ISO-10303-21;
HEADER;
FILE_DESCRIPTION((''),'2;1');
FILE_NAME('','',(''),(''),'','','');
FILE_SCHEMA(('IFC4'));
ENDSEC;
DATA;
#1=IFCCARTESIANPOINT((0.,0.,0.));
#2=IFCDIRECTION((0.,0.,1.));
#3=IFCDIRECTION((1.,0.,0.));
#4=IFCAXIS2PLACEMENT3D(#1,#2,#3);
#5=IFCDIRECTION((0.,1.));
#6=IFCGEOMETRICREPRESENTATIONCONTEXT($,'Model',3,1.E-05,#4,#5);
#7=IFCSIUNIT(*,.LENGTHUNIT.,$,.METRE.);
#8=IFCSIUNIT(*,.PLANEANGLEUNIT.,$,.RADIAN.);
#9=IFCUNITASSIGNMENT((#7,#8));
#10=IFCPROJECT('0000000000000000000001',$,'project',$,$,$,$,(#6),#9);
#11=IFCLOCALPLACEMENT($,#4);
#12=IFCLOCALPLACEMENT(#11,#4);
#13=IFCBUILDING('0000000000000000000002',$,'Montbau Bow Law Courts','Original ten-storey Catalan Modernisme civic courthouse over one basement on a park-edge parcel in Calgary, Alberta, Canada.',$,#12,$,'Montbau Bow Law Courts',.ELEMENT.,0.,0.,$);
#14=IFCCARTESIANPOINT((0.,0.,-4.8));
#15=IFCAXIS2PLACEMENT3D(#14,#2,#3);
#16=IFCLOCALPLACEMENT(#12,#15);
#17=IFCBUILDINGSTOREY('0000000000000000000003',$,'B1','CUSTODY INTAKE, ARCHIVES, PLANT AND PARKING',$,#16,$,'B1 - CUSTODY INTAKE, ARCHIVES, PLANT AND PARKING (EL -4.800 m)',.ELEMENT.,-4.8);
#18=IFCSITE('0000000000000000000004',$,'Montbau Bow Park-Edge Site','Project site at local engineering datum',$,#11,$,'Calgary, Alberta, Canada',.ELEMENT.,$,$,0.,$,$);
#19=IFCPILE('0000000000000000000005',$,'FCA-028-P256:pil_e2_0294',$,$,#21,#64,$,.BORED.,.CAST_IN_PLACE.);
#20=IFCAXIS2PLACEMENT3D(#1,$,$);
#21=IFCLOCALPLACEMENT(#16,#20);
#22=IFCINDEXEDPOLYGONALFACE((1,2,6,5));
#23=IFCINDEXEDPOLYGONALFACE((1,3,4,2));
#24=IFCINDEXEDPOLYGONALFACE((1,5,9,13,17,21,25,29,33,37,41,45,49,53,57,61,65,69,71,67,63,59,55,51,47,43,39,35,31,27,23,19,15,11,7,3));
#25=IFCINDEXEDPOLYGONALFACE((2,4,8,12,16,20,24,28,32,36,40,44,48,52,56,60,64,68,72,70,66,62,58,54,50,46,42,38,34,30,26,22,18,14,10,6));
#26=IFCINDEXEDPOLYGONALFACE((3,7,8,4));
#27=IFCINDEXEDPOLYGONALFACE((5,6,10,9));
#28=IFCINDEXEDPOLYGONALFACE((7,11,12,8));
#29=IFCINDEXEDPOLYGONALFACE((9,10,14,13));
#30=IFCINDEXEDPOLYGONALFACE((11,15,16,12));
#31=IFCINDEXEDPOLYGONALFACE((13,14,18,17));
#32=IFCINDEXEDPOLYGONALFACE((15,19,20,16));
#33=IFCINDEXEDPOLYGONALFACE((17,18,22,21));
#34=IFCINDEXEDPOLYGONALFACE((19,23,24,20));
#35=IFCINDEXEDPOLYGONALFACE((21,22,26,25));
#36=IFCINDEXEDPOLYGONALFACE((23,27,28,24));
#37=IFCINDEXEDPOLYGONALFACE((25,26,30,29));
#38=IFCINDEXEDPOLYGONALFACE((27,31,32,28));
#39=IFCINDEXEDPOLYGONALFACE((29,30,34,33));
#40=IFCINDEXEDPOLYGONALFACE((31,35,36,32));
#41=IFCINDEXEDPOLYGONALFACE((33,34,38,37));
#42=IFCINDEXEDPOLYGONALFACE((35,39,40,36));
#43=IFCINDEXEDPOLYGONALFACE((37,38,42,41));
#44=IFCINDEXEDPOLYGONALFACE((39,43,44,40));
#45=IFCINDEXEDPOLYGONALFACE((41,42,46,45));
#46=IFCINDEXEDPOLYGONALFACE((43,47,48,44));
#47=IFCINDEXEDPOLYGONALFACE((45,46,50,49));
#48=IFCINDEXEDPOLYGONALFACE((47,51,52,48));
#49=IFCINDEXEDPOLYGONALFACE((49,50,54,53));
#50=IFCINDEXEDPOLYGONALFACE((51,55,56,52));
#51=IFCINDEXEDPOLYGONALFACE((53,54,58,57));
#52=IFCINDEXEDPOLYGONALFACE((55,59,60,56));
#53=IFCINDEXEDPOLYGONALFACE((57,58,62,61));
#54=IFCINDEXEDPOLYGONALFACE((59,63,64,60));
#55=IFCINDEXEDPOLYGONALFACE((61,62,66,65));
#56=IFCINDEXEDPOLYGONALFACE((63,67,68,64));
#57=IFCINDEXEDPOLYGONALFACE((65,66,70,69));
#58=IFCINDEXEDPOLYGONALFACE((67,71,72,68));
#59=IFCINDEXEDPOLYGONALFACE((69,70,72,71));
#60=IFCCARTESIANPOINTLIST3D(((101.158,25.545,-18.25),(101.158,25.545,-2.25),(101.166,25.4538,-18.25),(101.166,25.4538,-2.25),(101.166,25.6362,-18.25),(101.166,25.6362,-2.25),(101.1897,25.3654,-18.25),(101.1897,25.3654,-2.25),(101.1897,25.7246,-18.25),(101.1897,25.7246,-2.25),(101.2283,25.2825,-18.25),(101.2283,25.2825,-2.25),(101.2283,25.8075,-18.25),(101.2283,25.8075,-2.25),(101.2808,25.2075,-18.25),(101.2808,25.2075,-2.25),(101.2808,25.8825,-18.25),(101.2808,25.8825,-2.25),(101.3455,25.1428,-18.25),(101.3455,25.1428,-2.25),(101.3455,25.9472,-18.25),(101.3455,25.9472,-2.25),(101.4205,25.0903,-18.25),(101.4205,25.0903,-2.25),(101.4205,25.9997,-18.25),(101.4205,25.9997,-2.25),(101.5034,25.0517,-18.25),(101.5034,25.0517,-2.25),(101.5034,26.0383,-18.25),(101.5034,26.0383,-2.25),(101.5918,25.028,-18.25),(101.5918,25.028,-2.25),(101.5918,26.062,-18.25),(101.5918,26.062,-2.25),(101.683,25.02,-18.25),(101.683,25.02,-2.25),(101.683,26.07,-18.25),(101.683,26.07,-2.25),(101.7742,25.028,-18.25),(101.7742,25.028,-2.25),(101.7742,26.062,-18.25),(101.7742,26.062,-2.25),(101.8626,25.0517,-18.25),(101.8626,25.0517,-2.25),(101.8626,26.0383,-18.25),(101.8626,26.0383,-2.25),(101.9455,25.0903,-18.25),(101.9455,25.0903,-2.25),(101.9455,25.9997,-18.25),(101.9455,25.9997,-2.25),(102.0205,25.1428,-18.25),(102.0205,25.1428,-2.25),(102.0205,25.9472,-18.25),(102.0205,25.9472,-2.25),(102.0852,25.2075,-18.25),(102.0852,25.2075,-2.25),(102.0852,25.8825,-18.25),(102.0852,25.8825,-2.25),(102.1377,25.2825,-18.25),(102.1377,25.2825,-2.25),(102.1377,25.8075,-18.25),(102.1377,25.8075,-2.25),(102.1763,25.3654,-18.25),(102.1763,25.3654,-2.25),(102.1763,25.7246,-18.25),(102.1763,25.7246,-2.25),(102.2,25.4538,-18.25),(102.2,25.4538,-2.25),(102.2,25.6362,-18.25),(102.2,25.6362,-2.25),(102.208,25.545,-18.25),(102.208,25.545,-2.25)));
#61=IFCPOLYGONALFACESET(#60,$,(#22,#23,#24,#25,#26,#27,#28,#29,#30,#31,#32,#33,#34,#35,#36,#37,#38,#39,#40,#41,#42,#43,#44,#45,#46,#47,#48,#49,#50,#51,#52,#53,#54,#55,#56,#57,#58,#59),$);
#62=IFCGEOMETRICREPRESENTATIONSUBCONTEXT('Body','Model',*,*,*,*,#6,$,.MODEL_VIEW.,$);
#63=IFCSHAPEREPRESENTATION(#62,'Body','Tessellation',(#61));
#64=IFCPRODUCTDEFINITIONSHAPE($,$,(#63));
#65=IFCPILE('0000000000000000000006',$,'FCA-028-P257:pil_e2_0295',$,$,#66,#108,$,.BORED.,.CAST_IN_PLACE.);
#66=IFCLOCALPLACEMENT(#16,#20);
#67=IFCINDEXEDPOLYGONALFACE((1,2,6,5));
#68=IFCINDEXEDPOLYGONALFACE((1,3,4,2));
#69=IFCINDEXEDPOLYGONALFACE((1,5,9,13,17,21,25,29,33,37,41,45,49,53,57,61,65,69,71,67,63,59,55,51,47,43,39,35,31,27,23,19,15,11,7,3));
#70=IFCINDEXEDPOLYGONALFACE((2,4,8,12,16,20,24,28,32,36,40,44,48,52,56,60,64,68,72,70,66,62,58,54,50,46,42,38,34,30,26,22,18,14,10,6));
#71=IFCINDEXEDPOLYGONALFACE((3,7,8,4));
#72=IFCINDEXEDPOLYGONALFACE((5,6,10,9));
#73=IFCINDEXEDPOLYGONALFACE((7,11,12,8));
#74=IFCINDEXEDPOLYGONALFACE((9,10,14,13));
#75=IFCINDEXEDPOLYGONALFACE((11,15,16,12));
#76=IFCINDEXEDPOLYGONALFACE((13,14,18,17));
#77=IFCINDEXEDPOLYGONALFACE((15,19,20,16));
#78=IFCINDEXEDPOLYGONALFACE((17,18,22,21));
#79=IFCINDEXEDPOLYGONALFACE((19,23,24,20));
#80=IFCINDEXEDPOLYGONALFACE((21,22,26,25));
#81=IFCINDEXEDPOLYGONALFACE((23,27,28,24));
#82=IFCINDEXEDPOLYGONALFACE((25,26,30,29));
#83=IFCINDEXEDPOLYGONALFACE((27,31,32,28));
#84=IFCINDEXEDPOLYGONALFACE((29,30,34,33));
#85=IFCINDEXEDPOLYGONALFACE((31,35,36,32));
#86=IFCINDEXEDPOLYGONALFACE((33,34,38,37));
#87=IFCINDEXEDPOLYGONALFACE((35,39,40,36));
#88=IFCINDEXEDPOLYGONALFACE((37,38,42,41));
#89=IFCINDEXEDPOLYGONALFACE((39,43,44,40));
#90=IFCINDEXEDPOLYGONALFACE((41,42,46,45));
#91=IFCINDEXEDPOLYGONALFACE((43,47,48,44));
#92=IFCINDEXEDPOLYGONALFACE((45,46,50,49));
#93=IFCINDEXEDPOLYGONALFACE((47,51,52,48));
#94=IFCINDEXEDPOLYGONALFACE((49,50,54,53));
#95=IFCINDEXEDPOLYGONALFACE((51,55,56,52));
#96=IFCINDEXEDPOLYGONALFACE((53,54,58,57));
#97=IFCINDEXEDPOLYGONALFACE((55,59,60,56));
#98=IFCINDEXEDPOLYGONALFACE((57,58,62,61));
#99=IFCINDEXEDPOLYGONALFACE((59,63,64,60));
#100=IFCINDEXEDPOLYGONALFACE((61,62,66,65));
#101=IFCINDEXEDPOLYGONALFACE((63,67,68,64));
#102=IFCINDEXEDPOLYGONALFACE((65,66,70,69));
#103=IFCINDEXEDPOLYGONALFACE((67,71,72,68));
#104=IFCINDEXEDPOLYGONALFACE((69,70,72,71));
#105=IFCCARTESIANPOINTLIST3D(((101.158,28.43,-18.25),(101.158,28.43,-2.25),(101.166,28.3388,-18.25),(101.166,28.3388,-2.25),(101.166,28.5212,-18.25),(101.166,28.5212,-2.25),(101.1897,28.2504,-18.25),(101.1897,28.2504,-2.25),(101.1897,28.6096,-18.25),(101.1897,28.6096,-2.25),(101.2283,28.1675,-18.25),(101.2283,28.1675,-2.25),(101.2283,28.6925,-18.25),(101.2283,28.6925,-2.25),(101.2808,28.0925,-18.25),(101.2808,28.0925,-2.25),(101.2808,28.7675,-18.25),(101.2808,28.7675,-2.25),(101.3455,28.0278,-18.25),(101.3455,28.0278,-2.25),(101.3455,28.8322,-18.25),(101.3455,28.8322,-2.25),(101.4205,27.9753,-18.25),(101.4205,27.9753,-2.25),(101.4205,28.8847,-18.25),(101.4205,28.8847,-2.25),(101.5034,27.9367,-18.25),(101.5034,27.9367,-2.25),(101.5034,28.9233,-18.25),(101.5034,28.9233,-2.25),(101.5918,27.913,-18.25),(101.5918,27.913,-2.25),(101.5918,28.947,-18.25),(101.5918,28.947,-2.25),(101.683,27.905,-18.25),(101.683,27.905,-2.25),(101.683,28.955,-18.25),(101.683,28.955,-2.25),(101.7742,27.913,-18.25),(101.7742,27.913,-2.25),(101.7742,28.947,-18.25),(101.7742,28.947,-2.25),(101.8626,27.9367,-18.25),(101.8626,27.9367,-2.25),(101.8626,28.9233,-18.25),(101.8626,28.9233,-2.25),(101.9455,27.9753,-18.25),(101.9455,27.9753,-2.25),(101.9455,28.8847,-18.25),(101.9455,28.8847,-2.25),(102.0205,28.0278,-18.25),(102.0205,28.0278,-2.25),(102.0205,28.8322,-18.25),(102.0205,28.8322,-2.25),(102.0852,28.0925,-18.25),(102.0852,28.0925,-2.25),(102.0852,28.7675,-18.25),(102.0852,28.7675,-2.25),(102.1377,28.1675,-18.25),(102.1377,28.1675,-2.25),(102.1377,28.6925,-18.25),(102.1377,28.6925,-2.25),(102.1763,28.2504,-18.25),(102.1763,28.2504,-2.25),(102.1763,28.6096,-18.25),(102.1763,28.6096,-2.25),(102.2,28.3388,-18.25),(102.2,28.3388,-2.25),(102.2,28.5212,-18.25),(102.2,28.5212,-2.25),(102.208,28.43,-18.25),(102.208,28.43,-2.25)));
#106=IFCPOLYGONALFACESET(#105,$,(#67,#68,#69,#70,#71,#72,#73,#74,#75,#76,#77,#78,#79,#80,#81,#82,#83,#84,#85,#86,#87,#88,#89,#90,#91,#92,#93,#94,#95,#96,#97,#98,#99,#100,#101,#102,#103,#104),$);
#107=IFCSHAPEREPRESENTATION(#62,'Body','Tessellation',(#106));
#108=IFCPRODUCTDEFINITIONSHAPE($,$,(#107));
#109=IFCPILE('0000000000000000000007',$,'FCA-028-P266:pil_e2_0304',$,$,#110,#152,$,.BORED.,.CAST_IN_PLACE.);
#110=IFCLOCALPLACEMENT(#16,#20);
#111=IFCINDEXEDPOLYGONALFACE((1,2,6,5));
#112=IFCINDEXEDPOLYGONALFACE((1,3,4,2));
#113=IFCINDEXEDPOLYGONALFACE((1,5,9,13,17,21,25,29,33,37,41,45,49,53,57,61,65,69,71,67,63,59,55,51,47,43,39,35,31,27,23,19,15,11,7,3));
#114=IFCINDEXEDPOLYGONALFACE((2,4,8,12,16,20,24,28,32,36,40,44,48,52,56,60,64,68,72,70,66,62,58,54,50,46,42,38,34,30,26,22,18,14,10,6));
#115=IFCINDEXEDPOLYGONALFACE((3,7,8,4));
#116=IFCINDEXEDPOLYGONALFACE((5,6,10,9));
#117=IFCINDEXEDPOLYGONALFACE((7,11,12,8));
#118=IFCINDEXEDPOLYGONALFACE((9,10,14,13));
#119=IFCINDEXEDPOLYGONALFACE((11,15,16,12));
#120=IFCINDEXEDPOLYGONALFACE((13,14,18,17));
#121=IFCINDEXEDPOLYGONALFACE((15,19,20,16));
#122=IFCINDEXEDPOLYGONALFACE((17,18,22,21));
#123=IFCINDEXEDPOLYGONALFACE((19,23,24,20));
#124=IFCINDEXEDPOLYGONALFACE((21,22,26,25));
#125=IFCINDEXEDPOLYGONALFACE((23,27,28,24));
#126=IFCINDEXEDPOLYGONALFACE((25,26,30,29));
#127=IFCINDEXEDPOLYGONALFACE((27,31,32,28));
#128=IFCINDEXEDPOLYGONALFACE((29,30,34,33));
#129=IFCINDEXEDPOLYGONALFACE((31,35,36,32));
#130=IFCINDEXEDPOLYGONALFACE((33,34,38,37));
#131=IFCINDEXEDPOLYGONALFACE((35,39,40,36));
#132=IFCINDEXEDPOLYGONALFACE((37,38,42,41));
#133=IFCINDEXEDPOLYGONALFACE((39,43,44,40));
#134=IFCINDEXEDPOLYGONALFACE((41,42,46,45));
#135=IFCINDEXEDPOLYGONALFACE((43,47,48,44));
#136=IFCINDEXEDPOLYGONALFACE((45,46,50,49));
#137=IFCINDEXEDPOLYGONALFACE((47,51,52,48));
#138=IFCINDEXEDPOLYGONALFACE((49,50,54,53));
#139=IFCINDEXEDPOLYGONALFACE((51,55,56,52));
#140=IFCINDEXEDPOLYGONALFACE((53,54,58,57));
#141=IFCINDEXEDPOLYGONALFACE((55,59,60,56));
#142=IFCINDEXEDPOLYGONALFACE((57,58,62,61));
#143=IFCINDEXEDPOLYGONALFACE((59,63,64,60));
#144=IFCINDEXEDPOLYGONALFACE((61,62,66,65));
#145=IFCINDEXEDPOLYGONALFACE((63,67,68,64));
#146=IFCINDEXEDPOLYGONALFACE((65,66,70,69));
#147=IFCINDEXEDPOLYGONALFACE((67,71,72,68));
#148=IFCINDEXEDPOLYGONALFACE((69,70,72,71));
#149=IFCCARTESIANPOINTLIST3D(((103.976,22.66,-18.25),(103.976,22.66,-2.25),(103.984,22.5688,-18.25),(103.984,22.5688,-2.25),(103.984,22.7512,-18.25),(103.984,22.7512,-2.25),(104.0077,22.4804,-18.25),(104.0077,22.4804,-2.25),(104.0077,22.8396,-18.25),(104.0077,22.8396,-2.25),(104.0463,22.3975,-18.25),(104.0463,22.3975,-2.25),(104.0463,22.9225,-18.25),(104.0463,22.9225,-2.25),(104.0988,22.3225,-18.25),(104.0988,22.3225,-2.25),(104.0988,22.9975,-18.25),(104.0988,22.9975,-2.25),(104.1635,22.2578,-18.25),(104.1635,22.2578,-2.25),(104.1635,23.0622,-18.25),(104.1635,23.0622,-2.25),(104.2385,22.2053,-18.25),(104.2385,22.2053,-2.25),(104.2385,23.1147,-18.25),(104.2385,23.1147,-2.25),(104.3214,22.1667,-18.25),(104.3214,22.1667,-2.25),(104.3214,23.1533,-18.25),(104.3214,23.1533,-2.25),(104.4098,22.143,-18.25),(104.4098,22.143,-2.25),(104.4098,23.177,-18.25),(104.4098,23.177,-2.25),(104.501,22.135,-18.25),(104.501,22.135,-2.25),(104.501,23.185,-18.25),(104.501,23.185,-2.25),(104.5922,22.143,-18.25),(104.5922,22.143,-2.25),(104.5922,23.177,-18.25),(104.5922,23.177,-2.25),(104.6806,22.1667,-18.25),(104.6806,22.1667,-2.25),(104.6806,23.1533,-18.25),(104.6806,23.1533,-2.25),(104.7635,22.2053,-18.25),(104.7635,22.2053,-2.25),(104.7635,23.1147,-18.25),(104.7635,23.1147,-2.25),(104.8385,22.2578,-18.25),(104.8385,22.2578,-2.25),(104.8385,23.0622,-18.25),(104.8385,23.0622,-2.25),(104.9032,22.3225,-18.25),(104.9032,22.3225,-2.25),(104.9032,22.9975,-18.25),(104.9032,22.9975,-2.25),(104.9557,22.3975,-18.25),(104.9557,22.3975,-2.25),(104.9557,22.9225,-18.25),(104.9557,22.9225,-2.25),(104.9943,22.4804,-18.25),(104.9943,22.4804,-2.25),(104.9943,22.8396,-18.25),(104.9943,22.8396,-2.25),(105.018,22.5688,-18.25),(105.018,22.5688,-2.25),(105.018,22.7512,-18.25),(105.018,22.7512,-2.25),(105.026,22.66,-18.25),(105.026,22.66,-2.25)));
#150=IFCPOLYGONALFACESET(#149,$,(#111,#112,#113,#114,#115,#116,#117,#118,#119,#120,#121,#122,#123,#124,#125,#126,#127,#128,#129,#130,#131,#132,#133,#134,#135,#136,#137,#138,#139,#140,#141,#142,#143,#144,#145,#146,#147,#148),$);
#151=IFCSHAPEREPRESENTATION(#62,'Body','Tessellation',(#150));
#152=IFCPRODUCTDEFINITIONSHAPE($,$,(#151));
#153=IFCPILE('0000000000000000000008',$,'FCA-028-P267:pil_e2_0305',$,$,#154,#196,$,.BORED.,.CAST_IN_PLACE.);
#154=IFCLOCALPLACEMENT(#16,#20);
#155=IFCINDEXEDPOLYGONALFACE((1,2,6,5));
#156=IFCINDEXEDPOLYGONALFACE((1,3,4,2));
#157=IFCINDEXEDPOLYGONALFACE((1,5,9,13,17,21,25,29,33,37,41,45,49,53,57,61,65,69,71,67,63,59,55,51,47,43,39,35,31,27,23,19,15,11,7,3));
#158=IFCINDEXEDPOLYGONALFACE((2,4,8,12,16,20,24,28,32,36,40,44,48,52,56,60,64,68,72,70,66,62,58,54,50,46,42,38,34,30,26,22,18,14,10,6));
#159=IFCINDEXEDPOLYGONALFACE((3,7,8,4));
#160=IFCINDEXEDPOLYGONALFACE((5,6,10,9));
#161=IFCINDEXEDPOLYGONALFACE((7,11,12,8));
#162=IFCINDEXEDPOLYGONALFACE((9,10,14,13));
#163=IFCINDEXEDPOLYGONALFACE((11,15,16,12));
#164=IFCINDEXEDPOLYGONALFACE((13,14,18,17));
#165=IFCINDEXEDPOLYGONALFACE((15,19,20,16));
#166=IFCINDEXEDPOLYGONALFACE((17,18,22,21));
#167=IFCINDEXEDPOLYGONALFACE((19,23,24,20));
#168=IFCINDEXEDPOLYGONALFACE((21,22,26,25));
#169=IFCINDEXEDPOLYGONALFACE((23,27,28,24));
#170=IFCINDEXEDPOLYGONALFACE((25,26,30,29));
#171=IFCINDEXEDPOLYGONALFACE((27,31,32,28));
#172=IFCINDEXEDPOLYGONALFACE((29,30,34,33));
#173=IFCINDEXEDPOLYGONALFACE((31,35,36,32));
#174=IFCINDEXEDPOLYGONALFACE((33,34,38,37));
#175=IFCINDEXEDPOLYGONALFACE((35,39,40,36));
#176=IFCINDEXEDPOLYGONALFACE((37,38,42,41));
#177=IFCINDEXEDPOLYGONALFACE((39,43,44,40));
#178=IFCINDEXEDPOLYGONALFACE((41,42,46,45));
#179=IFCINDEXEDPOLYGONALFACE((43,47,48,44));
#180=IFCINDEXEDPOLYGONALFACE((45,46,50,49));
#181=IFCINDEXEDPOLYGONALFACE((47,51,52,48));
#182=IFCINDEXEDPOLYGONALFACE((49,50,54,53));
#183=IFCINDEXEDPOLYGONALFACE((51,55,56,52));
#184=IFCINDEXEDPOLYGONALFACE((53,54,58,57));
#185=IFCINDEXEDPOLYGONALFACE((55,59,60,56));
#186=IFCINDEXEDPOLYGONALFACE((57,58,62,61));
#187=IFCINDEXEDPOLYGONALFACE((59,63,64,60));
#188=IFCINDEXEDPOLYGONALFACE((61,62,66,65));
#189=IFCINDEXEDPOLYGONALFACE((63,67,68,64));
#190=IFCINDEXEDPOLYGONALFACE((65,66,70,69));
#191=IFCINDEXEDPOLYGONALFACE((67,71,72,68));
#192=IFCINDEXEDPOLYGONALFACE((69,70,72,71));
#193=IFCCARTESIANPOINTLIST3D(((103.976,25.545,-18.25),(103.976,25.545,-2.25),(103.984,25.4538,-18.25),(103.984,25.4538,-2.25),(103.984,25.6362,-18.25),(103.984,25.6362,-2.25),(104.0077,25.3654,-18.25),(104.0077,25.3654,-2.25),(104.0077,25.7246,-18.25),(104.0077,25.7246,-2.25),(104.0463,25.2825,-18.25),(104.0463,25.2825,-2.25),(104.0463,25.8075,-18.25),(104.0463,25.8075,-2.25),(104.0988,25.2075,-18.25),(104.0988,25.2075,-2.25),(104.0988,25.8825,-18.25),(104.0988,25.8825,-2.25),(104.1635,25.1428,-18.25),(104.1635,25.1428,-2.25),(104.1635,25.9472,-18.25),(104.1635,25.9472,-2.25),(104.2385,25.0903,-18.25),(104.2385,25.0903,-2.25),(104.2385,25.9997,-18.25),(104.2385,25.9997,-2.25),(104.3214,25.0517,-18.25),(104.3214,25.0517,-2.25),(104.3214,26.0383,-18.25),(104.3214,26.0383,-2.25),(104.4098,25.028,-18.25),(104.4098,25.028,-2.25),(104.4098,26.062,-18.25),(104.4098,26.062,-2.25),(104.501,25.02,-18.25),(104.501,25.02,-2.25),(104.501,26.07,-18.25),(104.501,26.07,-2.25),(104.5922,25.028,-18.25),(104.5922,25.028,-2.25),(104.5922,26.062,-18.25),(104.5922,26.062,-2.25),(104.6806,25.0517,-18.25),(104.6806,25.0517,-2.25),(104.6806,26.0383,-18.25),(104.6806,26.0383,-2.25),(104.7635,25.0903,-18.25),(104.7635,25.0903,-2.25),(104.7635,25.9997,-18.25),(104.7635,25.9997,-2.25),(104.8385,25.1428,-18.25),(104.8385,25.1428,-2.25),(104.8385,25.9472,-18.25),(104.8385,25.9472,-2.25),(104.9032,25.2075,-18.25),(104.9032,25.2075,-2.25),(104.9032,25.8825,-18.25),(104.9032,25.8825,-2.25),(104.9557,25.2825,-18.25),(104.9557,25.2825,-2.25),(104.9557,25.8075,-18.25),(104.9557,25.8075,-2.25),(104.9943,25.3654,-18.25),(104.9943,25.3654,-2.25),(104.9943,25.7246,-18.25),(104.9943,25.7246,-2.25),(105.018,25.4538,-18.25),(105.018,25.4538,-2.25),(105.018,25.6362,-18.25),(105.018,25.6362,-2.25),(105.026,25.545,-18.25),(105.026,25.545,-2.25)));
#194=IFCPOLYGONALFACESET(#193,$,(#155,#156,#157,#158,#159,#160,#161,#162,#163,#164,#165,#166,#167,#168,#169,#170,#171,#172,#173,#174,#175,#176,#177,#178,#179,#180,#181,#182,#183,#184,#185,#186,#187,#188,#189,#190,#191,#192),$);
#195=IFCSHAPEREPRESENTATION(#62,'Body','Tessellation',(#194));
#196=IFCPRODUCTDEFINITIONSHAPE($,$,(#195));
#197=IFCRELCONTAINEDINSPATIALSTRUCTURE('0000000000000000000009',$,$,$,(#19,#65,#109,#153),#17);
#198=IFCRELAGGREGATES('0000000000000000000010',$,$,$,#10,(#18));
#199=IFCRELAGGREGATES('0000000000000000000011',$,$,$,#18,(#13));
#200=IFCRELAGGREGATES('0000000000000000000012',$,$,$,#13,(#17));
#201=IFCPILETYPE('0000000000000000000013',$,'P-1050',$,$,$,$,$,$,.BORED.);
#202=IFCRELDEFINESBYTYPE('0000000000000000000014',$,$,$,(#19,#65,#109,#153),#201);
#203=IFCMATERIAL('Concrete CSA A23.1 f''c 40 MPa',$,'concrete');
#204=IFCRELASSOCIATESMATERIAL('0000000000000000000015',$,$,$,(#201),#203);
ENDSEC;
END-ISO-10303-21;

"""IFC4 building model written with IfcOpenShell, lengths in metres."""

from ifc_helpers import new_model, si_unit, direction, frame, origin_with_axes, origin_2d_with_axis, place, context, subcontext, project, spatial, circle, extrude, material, material_profile, profile_set, type_object, element, save


model = new_model("IFC4")

# Units and contexts
model_context = context("Model", 3, precision=1e-05, world=origin_with_axes(), true_north=direction((0.0, 1.0)))
body_context = subcontext(model_context, "Body", "Model", "MODEL_VIEW")
ifc_project = project(units=[si_unit("LENGTHUNIT", "METRE"), si_unit("PLANEANGLEUNIT", "RADIAN")], contexts=[model_context])

# Site, building, storey
site_placement = place(None, origin_with_axes())
site = spatial("IfcSite", under=ifc_project, at=site_placement, Name="Montbau Bow Park-Edge Site", Description="Project site at local engineering datum", LongName="Calgary, Alberta, Canada", CompositionType="ELEMENT", RefElevation=0.0)
building_placement = place(site_placement, origin_with_axes())
building = spatial("IfcBuilding", under=site, at=building_placement, Name="Montbau Bow Law Courts", Description="Original ten-storey Catalan Modernisme civic courthouse over one basement on a park-edge parcel in Calgary, Alberta, Canada.", LongName="Montbau Bow Law Courts", CompositionType="ELEMENT", ElevationOfRefHeight=0.0, ElevationOfTerrain=0.0)
storey_placement = place(building_placement, frame((0.0, 0.0, -4.8), z_axis=(0.0, 0.0, 1.0), x_axis=(1.0, 0.0, 0.0)))
storey = spatial("IfcBuildingStorey", under=building, at=storey_placement, Name="B1", Description="CUSTODY INTAKE, ARCHIVES, PLANT AND PARKING", LongName="B1 - CUSTODY INTAKE, ARCHIVES, PLANT AND PARKING (EL -4.800 m)", CompositionType="ELEMENT", Elevation=-4.8)

# Piles
ifc_material_1 = material(Name="Concrete CSA A23.1 f'c 40 MPa", Category="concrete")
ifc_material_profile_1 = material_profile(ifc_material_1, circle(Radius=0.525, at=origin_2d_with_axis()), Name="BP1050", Category="Main", Priority=0)
ifc_profile_set_1 = profile_set([ifc_material_profile_1], Name="Concrete CSA A23.1 f'c 40 MPa")
pile_type = type_object("IfcPileType", Name="P-1050", PredefinedType="BORED", material=ifc_profile_set_1)
for number, where, z_axis, x_axis, name in (
    (1, (101.683, 25.545, -23.05), (0.0, 0.0, 1.0), (1.0, 0.0, 0.0), "FCA-028-P256:pil_e2_0294"),
    (2, (101.683, 28.43, -23.05), (0.0, 0.0, 1.0), (1.0, 0.0, 0.0), "FCA-028-P257:pil_e2_0295"),
    (3, (104.501, 22.66, -23.05), (0.0, 0.0, 1.0), (1.0, 0.0, 0.0), "FCA-028-P266:pil_e2_0304"),
    (4, (104.501, 25.545, -23.05), (0.0, 0.0, 1.0), (1.0, 0.0, 0.0), "FCA-028-P267:pil_e2_0305"),
):
    element("IfcPile", number, at=place(None, frame(where, z_axis=z_axis, x_axis=x_axis)), inside=storey, type_object=pile_type, Name=name, ConstructionType="CAST_IN_PLACE", PredefinedType="BORED", context=body_context, shape_type="SweptSolid", body=[
        extrude(circle(Radius=0.525, at=origin_2d_with_axis()), origin_with_axes(), (0.0, 0.0, 1.0), 16.0),
    ])

save(model, "model.ifc")
